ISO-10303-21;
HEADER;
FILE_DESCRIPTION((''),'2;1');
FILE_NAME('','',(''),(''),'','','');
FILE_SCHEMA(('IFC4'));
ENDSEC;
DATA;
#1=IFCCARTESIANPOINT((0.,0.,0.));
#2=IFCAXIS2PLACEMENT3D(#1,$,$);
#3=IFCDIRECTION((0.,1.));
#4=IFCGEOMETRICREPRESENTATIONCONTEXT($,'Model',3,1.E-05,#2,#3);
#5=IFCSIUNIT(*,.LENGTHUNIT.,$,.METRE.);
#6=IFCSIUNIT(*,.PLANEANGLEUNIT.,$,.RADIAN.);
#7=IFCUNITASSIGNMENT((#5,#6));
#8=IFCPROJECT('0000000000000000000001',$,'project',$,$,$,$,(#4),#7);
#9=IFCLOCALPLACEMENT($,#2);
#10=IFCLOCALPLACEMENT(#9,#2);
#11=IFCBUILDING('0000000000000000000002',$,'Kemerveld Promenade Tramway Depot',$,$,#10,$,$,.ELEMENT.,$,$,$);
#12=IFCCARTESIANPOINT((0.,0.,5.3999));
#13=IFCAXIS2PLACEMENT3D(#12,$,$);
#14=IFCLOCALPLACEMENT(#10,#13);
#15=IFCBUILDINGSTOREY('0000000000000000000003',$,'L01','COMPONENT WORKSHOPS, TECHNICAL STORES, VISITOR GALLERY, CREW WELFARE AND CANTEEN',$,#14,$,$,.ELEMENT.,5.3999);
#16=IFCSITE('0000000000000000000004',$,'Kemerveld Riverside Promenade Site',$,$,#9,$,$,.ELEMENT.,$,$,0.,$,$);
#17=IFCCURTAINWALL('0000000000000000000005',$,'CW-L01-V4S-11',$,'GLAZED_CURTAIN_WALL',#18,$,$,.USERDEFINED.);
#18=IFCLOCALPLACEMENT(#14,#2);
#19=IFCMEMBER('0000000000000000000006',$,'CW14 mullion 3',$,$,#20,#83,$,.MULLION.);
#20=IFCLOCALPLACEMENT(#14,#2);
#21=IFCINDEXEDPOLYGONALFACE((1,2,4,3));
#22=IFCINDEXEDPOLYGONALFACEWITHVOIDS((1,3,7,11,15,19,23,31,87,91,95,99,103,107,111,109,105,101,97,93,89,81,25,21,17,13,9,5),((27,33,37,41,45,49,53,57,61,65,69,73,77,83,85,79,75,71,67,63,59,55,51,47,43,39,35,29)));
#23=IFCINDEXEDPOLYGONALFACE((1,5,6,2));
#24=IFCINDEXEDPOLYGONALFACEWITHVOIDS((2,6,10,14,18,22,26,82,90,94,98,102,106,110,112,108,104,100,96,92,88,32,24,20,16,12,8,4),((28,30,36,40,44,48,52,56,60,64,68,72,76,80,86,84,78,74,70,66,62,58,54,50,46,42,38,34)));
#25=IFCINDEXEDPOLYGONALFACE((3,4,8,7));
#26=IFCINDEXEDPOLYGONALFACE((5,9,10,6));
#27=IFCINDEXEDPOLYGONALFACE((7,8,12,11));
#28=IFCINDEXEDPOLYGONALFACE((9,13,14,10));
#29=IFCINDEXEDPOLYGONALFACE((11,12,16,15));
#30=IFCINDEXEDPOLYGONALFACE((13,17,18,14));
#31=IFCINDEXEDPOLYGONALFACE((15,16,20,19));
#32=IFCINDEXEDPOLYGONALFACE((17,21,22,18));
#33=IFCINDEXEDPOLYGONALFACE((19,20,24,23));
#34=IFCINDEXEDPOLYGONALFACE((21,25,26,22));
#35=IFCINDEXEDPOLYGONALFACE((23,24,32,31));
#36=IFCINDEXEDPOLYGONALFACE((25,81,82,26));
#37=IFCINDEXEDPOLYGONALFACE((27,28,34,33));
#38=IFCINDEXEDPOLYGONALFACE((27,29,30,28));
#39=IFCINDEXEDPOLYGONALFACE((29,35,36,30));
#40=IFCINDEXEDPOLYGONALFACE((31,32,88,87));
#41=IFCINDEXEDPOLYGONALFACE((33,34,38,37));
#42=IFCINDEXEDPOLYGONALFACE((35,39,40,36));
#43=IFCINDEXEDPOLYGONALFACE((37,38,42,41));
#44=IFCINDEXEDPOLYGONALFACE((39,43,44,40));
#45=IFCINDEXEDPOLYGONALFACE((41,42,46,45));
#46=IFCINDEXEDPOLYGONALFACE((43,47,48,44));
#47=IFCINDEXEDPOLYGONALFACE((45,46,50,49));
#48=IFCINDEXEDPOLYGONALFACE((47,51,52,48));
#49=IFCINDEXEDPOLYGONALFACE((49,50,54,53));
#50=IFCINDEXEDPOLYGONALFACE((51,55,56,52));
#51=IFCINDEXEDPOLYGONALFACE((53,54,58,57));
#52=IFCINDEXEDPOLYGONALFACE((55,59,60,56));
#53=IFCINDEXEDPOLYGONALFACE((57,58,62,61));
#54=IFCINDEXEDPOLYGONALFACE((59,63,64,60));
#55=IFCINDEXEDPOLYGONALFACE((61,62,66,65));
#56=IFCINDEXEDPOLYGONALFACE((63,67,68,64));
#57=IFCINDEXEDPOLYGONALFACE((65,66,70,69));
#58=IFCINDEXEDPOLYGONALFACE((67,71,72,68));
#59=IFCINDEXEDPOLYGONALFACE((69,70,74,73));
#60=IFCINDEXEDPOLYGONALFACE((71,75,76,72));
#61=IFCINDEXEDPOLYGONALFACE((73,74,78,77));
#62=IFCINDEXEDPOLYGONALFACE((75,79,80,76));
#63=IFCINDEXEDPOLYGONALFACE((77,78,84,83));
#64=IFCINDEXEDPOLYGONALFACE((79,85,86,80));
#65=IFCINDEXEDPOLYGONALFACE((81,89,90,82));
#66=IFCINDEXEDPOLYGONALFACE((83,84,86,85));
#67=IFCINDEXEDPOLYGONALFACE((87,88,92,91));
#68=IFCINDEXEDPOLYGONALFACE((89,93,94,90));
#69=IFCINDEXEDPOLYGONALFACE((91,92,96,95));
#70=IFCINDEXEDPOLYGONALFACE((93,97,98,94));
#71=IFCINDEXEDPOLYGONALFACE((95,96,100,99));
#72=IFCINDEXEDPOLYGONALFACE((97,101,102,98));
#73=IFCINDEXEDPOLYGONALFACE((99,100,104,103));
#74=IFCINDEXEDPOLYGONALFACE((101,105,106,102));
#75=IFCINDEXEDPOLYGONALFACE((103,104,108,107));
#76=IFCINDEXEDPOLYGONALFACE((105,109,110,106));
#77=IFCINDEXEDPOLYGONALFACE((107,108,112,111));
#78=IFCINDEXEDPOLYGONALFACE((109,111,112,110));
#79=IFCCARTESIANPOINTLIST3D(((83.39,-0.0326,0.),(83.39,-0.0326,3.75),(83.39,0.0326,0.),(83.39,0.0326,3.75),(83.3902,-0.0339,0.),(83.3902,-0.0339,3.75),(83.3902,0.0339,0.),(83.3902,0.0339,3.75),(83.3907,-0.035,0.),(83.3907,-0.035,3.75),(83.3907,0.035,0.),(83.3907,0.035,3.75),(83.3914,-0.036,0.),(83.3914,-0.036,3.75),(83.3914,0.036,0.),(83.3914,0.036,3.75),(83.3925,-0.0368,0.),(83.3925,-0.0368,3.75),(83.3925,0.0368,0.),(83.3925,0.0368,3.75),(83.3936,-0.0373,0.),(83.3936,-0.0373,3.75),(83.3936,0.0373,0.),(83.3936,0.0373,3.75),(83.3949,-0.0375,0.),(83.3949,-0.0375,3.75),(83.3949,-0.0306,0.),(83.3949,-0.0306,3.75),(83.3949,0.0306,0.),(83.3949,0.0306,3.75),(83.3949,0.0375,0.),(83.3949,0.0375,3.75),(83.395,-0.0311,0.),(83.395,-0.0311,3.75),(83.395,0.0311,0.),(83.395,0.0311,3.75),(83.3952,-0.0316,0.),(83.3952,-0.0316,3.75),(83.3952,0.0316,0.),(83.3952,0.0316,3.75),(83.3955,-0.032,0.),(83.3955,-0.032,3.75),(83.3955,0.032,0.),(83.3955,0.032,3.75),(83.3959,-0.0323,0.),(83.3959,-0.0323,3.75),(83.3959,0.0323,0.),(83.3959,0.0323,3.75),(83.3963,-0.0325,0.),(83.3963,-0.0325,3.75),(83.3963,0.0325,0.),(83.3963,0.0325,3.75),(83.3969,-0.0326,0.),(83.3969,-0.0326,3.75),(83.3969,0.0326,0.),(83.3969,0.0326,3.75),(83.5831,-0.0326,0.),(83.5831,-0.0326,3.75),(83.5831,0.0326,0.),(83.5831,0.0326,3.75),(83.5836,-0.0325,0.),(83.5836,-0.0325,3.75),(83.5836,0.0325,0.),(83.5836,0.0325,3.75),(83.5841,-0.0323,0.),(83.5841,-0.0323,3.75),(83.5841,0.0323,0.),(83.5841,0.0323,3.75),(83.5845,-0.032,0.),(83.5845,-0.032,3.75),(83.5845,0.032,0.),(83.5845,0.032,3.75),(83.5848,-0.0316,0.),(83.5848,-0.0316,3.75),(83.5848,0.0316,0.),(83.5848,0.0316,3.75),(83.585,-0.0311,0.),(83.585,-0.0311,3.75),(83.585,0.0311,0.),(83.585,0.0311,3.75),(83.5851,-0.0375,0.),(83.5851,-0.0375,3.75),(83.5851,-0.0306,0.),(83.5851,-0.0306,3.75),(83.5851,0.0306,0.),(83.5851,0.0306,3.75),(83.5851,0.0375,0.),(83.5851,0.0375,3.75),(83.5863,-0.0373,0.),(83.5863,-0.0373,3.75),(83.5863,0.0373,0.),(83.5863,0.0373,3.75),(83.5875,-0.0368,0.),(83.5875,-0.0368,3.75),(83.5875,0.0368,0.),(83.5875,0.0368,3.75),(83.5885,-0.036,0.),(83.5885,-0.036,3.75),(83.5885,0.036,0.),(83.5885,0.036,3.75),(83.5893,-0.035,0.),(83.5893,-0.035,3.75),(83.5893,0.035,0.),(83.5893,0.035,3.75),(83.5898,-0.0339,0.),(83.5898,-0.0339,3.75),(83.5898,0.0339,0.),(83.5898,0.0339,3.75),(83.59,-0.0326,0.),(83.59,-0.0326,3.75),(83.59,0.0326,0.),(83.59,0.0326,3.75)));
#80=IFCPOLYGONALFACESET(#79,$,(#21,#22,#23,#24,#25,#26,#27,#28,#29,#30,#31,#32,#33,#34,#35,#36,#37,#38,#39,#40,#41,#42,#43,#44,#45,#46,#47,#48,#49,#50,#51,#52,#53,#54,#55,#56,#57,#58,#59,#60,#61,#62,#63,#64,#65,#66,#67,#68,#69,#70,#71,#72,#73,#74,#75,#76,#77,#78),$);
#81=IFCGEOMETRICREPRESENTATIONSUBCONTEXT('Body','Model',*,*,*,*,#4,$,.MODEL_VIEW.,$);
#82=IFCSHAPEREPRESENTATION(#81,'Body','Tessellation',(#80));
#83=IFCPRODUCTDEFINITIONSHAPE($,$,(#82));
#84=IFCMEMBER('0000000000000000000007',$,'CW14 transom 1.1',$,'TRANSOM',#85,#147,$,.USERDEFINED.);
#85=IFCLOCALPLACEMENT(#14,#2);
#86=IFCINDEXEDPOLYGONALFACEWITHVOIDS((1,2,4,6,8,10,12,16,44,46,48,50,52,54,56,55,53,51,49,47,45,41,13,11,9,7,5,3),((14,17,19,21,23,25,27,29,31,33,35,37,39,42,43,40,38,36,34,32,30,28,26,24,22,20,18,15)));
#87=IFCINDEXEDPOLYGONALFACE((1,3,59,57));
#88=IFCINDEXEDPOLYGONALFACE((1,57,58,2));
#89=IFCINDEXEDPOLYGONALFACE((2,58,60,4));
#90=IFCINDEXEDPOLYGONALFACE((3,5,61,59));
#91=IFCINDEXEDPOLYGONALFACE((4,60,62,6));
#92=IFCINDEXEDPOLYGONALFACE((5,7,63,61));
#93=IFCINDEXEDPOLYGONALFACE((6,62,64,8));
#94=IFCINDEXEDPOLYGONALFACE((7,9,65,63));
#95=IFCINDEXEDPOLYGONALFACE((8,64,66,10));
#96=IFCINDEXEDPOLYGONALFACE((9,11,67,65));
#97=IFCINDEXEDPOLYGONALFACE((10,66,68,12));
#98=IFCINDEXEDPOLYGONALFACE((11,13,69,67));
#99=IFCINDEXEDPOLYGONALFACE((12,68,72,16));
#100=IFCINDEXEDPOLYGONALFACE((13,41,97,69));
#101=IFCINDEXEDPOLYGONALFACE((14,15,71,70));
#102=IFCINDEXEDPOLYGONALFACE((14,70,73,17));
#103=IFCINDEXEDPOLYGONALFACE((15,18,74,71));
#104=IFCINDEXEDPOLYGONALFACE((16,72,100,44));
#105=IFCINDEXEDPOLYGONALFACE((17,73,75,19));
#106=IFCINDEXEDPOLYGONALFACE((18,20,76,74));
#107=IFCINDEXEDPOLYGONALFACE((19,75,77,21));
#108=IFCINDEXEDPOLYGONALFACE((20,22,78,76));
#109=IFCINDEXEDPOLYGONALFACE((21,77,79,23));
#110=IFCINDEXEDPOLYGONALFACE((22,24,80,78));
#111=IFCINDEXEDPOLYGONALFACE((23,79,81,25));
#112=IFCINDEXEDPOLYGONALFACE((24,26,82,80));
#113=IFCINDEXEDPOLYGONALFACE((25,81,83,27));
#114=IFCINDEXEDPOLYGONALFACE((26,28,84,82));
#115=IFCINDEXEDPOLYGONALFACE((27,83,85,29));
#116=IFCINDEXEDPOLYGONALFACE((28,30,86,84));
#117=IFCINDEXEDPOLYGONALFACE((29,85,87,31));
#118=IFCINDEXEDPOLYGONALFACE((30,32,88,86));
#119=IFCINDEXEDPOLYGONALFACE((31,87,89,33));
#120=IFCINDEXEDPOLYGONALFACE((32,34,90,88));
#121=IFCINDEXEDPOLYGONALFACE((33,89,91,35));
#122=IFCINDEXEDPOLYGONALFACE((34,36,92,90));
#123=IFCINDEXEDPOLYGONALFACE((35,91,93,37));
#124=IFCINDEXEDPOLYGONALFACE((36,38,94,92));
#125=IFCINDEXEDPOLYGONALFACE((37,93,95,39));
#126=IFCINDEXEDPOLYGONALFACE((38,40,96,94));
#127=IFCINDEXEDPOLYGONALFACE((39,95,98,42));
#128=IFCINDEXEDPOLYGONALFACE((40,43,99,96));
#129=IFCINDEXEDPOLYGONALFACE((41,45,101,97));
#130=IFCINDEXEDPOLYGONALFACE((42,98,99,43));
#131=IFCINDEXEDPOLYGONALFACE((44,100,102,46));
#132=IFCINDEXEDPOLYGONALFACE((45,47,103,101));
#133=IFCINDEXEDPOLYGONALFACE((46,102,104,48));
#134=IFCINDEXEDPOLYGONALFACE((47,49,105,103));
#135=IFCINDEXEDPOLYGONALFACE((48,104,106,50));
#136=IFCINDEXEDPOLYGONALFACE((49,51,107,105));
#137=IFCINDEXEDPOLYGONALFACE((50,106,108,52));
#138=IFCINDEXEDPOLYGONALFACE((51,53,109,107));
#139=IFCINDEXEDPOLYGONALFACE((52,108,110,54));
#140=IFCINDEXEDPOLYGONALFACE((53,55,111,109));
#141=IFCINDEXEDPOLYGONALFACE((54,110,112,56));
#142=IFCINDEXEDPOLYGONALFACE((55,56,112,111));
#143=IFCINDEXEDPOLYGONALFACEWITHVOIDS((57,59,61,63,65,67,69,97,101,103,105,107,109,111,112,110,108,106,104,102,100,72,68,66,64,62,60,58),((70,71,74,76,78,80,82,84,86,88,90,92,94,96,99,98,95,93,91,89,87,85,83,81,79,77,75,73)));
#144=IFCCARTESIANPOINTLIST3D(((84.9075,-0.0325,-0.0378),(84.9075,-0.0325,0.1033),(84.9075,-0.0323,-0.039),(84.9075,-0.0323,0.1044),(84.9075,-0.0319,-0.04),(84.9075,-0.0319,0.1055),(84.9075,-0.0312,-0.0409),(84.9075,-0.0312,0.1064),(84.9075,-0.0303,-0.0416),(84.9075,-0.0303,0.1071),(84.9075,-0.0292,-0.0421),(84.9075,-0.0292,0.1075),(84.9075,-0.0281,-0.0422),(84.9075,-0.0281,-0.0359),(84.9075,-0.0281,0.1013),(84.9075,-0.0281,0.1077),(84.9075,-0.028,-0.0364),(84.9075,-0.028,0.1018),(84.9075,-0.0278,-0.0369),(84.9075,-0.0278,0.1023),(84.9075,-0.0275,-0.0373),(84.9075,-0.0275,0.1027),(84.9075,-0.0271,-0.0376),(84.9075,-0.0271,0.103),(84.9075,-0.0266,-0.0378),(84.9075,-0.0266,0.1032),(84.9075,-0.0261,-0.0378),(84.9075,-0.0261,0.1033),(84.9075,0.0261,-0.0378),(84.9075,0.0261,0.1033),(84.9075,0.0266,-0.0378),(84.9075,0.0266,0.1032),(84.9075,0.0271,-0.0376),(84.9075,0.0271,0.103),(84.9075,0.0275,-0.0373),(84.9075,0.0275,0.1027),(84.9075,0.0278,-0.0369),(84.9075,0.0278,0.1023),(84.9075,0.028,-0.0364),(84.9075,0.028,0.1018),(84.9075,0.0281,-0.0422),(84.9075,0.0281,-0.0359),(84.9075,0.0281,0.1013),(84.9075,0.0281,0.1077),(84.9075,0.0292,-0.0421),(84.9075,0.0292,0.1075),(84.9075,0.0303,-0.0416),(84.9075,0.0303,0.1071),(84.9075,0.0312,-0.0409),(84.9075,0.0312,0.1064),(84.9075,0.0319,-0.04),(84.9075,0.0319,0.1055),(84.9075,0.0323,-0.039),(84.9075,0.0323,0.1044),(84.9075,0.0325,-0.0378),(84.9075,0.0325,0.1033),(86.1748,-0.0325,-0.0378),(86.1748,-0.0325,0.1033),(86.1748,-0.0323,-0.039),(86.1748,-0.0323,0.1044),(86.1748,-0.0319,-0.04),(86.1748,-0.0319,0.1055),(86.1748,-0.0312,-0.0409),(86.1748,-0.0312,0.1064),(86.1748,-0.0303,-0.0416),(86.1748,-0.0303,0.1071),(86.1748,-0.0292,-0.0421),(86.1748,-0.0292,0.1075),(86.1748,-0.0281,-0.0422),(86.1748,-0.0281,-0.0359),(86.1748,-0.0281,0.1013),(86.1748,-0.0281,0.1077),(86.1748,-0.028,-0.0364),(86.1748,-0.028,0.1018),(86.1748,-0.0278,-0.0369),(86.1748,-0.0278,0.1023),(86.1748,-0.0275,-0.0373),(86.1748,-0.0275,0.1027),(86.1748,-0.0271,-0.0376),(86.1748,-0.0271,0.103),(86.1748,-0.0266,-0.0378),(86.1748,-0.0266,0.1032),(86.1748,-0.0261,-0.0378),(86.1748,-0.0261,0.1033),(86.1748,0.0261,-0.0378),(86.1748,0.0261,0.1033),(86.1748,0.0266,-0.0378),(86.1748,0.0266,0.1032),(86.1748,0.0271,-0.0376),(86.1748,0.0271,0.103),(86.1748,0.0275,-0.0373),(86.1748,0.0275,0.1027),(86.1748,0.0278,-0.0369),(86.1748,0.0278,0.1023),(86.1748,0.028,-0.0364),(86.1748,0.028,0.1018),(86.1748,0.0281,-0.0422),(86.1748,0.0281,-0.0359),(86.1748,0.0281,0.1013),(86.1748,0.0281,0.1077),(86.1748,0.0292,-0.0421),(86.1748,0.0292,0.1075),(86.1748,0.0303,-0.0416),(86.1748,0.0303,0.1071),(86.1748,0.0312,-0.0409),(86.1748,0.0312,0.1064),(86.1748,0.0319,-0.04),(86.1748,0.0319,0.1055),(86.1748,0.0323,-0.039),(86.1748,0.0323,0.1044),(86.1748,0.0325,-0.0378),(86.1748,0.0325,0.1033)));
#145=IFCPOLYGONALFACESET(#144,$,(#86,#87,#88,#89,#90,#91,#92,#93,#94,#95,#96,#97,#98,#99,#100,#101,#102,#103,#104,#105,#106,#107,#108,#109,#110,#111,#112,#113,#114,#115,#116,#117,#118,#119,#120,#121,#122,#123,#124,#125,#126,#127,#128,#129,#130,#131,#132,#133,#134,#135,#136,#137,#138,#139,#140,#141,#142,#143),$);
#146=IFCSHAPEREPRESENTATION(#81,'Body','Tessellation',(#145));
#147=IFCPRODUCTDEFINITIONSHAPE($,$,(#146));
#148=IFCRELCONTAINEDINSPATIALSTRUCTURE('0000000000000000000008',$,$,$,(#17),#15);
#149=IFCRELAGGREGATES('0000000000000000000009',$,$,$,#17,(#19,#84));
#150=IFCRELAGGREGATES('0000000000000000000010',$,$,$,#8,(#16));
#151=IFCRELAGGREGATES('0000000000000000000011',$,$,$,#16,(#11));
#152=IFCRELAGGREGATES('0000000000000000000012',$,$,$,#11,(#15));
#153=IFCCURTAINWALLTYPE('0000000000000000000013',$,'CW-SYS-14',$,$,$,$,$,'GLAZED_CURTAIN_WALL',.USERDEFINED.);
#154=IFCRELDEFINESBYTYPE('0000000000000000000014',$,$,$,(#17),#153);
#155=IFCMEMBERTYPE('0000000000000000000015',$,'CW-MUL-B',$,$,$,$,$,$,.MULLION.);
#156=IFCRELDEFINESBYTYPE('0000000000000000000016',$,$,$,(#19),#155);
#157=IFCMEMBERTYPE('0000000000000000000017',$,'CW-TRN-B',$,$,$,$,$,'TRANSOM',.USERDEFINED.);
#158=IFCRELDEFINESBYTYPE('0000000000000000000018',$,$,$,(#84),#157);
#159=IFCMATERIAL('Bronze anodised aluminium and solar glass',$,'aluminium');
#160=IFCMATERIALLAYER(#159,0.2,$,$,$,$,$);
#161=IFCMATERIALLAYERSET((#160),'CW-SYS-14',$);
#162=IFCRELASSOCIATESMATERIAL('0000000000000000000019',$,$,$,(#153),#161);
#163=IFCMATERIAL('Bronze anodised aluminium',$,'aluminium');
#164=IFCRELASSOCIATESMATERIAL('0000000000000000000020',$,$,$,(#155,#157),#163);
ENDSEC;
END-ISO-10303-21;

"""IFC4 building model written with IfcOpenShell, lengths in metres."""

from ifc_helpers import new_model, si_unit, direction, frame, origin, origin_2d, place, context, subcontext, project, spatial, hollow_rectangle, extrude, material, layer, layer_set, material_profile, profile_set, type_object, element, aggregate, save


model = new_model("IFC4")

# Units and contexts
model_context = context("Model", 3, precision=1e-05, world=origin(), true_north=direction((0.0, 1.0)))
body_context = subcontext(model_context, "Body", "Model", "MODEL_VIEW")
ifc_project = project(units=[si_unit("LENGTHUNIT", "METRE"), si_unit("PLANEANGLEUNIT", "RADIAN")], contexts=[model_context])

# Site, building, storey
site_placement = place(None, origin())
site = spatial("IfcSite", under=ifc_project, at=site_placement, Name="Kemerveld Riverside Promenade Site", CompositionType="ELEMENT", RefElevation=0.0)
building_placement = place(site_placement, origin())
building = spatial("IfcBuilding", under=site, at=building_placement, Name="Kemerveld Promenade Tramway Depot", CompositionType="ELEMENT")
storey_placement = place(building_placement, frame((0.0, 0.0, 5.3999)))
storey = spatial("IfcBuildingStorey", under=building, at=storey_placement, Name="L01", Description="COMPONENT WORKSHOPS, TECHNICAL STORES, VISITOR GALLERY, CREW WELFARE AND CANTEEN", CompositionType="ELEMENT", Elevation=5.3999)

# Curtain wall, members
ifc_material_1 = material(Name="Bronze anodised aluminium and solar glass", Category="aluminium")
ifc_layer_1 = layer(ifc_material_1, 0.2)
ifc_layer_set_1 = layer_set([ifc_layer_1], Name="CW-SYS-14")
curtain_wall_type = type_object("IfcCurtainWallType", Name="CW-SYS-14", ElementType="GLAZED_CURTAIN_WALL", PredefinedType="USERDEFINED", material=ifc_layer_set_1)
curtain_wall_placement = place(storey_placement, origin())
curtain_wall = element("IfcCurtainWall", 1, at=curtain_wall_placement, inside=storey, type_object=curtain_wall_type, Name="CW-L01-V4S-11", ObjectType="GLAZED_CURTAIN_WALL", PredefinedType="USERDEFINED")
ifc_material_2 = material(Name="Bronze anodised aluminium", Category="aluminium")
ifc_material_profile_1 = material_profile(ifc_material_2, hollow_rectangle(XDim=0.075, YDim=0.2, WallThickness=0.0049, InnerFilletRadius=0.002, OuterFilletRadius=0.0049, at=origin_2d()), Name="CW-MUL-200x75")
ifc_profile_set_1 = profile_set([ifc_material_profile_1], Name="Bronze anodised aluminium")
member_type_1 = type_object("IfcMemberType", Name="CW-MUL-B", PredefinedType="MULLION", material=ifc_profile_set_1)
member_1_placement = place(storey_placement, frame((83.49, 0.0, 0.0), z_axis=(0.0, 0.0, 1.0), x_axis=(0.0, -1.0, 0.0)))
member_1 = element("IfcMember", 2, at=member_1_placement, type_object=member_type_1, Name="CW14 mullion 3", PredefinedType="MULLION", context=body_context, shape_type="SweptSolid", body=[
    extrude(hollow_rectangle(XDim=0.075, YDim=0.2, WallThickness=0.0049, InnerFilletRadius=0.002, OuterFilletRadius=0.0049, at=origin_2d()), origin(), (0.0, 0.0, 1.0), 3.75),
])
ifc_material_profile_2 = material_profile(ifc_material_2, hollow_rectangle(XDim=0.0649, YDim=0.1499, WallThickness=0.0044, InnerFilletRadius=0.002, OuterFilletRadius=0.0044, at=origin_2d()), Name="CW-TRN-150x65")
ifc_profile_set_2 = profile_set([ifc_material_profile_2], Name="Bronze anodised aluminium")
member_type_2 = type_object("IfcMemberType", Name="CW-TRN-B", ElementType="TRANSOM", PredefinedType="USERDEFINED", material=ifc_profile_set_2)
member_2_placement = place(storey_placement, frame((86.1748, 0.0, 0.0327), z_axis=(-1.0, 0.0, 0.0), x_axis=(0.0, -1.0, 0.0)))
member_2 = element("IfcMember", 3, at=member_2_placement, type_object=member_type_2, Name="CW14 transom 1.1", ObjectType="TRANSOM", PredefinedType="USERDEFINED", context=body_context, shape_type="SweptSolid", body=[
    extrude(hollow_rectangle(XDim=0.0649, YDim=0.1499, WallThickness=0.0044, InnerFilletRadius=0.002, OuterFilletRadius=0.0044, at=origin_2d()), origin(), (0.0, 0.0, 1.0), 1.2673),
])
aggregate(curtain_wall, [member_1, member_2])

save(model, "model.ifc")
